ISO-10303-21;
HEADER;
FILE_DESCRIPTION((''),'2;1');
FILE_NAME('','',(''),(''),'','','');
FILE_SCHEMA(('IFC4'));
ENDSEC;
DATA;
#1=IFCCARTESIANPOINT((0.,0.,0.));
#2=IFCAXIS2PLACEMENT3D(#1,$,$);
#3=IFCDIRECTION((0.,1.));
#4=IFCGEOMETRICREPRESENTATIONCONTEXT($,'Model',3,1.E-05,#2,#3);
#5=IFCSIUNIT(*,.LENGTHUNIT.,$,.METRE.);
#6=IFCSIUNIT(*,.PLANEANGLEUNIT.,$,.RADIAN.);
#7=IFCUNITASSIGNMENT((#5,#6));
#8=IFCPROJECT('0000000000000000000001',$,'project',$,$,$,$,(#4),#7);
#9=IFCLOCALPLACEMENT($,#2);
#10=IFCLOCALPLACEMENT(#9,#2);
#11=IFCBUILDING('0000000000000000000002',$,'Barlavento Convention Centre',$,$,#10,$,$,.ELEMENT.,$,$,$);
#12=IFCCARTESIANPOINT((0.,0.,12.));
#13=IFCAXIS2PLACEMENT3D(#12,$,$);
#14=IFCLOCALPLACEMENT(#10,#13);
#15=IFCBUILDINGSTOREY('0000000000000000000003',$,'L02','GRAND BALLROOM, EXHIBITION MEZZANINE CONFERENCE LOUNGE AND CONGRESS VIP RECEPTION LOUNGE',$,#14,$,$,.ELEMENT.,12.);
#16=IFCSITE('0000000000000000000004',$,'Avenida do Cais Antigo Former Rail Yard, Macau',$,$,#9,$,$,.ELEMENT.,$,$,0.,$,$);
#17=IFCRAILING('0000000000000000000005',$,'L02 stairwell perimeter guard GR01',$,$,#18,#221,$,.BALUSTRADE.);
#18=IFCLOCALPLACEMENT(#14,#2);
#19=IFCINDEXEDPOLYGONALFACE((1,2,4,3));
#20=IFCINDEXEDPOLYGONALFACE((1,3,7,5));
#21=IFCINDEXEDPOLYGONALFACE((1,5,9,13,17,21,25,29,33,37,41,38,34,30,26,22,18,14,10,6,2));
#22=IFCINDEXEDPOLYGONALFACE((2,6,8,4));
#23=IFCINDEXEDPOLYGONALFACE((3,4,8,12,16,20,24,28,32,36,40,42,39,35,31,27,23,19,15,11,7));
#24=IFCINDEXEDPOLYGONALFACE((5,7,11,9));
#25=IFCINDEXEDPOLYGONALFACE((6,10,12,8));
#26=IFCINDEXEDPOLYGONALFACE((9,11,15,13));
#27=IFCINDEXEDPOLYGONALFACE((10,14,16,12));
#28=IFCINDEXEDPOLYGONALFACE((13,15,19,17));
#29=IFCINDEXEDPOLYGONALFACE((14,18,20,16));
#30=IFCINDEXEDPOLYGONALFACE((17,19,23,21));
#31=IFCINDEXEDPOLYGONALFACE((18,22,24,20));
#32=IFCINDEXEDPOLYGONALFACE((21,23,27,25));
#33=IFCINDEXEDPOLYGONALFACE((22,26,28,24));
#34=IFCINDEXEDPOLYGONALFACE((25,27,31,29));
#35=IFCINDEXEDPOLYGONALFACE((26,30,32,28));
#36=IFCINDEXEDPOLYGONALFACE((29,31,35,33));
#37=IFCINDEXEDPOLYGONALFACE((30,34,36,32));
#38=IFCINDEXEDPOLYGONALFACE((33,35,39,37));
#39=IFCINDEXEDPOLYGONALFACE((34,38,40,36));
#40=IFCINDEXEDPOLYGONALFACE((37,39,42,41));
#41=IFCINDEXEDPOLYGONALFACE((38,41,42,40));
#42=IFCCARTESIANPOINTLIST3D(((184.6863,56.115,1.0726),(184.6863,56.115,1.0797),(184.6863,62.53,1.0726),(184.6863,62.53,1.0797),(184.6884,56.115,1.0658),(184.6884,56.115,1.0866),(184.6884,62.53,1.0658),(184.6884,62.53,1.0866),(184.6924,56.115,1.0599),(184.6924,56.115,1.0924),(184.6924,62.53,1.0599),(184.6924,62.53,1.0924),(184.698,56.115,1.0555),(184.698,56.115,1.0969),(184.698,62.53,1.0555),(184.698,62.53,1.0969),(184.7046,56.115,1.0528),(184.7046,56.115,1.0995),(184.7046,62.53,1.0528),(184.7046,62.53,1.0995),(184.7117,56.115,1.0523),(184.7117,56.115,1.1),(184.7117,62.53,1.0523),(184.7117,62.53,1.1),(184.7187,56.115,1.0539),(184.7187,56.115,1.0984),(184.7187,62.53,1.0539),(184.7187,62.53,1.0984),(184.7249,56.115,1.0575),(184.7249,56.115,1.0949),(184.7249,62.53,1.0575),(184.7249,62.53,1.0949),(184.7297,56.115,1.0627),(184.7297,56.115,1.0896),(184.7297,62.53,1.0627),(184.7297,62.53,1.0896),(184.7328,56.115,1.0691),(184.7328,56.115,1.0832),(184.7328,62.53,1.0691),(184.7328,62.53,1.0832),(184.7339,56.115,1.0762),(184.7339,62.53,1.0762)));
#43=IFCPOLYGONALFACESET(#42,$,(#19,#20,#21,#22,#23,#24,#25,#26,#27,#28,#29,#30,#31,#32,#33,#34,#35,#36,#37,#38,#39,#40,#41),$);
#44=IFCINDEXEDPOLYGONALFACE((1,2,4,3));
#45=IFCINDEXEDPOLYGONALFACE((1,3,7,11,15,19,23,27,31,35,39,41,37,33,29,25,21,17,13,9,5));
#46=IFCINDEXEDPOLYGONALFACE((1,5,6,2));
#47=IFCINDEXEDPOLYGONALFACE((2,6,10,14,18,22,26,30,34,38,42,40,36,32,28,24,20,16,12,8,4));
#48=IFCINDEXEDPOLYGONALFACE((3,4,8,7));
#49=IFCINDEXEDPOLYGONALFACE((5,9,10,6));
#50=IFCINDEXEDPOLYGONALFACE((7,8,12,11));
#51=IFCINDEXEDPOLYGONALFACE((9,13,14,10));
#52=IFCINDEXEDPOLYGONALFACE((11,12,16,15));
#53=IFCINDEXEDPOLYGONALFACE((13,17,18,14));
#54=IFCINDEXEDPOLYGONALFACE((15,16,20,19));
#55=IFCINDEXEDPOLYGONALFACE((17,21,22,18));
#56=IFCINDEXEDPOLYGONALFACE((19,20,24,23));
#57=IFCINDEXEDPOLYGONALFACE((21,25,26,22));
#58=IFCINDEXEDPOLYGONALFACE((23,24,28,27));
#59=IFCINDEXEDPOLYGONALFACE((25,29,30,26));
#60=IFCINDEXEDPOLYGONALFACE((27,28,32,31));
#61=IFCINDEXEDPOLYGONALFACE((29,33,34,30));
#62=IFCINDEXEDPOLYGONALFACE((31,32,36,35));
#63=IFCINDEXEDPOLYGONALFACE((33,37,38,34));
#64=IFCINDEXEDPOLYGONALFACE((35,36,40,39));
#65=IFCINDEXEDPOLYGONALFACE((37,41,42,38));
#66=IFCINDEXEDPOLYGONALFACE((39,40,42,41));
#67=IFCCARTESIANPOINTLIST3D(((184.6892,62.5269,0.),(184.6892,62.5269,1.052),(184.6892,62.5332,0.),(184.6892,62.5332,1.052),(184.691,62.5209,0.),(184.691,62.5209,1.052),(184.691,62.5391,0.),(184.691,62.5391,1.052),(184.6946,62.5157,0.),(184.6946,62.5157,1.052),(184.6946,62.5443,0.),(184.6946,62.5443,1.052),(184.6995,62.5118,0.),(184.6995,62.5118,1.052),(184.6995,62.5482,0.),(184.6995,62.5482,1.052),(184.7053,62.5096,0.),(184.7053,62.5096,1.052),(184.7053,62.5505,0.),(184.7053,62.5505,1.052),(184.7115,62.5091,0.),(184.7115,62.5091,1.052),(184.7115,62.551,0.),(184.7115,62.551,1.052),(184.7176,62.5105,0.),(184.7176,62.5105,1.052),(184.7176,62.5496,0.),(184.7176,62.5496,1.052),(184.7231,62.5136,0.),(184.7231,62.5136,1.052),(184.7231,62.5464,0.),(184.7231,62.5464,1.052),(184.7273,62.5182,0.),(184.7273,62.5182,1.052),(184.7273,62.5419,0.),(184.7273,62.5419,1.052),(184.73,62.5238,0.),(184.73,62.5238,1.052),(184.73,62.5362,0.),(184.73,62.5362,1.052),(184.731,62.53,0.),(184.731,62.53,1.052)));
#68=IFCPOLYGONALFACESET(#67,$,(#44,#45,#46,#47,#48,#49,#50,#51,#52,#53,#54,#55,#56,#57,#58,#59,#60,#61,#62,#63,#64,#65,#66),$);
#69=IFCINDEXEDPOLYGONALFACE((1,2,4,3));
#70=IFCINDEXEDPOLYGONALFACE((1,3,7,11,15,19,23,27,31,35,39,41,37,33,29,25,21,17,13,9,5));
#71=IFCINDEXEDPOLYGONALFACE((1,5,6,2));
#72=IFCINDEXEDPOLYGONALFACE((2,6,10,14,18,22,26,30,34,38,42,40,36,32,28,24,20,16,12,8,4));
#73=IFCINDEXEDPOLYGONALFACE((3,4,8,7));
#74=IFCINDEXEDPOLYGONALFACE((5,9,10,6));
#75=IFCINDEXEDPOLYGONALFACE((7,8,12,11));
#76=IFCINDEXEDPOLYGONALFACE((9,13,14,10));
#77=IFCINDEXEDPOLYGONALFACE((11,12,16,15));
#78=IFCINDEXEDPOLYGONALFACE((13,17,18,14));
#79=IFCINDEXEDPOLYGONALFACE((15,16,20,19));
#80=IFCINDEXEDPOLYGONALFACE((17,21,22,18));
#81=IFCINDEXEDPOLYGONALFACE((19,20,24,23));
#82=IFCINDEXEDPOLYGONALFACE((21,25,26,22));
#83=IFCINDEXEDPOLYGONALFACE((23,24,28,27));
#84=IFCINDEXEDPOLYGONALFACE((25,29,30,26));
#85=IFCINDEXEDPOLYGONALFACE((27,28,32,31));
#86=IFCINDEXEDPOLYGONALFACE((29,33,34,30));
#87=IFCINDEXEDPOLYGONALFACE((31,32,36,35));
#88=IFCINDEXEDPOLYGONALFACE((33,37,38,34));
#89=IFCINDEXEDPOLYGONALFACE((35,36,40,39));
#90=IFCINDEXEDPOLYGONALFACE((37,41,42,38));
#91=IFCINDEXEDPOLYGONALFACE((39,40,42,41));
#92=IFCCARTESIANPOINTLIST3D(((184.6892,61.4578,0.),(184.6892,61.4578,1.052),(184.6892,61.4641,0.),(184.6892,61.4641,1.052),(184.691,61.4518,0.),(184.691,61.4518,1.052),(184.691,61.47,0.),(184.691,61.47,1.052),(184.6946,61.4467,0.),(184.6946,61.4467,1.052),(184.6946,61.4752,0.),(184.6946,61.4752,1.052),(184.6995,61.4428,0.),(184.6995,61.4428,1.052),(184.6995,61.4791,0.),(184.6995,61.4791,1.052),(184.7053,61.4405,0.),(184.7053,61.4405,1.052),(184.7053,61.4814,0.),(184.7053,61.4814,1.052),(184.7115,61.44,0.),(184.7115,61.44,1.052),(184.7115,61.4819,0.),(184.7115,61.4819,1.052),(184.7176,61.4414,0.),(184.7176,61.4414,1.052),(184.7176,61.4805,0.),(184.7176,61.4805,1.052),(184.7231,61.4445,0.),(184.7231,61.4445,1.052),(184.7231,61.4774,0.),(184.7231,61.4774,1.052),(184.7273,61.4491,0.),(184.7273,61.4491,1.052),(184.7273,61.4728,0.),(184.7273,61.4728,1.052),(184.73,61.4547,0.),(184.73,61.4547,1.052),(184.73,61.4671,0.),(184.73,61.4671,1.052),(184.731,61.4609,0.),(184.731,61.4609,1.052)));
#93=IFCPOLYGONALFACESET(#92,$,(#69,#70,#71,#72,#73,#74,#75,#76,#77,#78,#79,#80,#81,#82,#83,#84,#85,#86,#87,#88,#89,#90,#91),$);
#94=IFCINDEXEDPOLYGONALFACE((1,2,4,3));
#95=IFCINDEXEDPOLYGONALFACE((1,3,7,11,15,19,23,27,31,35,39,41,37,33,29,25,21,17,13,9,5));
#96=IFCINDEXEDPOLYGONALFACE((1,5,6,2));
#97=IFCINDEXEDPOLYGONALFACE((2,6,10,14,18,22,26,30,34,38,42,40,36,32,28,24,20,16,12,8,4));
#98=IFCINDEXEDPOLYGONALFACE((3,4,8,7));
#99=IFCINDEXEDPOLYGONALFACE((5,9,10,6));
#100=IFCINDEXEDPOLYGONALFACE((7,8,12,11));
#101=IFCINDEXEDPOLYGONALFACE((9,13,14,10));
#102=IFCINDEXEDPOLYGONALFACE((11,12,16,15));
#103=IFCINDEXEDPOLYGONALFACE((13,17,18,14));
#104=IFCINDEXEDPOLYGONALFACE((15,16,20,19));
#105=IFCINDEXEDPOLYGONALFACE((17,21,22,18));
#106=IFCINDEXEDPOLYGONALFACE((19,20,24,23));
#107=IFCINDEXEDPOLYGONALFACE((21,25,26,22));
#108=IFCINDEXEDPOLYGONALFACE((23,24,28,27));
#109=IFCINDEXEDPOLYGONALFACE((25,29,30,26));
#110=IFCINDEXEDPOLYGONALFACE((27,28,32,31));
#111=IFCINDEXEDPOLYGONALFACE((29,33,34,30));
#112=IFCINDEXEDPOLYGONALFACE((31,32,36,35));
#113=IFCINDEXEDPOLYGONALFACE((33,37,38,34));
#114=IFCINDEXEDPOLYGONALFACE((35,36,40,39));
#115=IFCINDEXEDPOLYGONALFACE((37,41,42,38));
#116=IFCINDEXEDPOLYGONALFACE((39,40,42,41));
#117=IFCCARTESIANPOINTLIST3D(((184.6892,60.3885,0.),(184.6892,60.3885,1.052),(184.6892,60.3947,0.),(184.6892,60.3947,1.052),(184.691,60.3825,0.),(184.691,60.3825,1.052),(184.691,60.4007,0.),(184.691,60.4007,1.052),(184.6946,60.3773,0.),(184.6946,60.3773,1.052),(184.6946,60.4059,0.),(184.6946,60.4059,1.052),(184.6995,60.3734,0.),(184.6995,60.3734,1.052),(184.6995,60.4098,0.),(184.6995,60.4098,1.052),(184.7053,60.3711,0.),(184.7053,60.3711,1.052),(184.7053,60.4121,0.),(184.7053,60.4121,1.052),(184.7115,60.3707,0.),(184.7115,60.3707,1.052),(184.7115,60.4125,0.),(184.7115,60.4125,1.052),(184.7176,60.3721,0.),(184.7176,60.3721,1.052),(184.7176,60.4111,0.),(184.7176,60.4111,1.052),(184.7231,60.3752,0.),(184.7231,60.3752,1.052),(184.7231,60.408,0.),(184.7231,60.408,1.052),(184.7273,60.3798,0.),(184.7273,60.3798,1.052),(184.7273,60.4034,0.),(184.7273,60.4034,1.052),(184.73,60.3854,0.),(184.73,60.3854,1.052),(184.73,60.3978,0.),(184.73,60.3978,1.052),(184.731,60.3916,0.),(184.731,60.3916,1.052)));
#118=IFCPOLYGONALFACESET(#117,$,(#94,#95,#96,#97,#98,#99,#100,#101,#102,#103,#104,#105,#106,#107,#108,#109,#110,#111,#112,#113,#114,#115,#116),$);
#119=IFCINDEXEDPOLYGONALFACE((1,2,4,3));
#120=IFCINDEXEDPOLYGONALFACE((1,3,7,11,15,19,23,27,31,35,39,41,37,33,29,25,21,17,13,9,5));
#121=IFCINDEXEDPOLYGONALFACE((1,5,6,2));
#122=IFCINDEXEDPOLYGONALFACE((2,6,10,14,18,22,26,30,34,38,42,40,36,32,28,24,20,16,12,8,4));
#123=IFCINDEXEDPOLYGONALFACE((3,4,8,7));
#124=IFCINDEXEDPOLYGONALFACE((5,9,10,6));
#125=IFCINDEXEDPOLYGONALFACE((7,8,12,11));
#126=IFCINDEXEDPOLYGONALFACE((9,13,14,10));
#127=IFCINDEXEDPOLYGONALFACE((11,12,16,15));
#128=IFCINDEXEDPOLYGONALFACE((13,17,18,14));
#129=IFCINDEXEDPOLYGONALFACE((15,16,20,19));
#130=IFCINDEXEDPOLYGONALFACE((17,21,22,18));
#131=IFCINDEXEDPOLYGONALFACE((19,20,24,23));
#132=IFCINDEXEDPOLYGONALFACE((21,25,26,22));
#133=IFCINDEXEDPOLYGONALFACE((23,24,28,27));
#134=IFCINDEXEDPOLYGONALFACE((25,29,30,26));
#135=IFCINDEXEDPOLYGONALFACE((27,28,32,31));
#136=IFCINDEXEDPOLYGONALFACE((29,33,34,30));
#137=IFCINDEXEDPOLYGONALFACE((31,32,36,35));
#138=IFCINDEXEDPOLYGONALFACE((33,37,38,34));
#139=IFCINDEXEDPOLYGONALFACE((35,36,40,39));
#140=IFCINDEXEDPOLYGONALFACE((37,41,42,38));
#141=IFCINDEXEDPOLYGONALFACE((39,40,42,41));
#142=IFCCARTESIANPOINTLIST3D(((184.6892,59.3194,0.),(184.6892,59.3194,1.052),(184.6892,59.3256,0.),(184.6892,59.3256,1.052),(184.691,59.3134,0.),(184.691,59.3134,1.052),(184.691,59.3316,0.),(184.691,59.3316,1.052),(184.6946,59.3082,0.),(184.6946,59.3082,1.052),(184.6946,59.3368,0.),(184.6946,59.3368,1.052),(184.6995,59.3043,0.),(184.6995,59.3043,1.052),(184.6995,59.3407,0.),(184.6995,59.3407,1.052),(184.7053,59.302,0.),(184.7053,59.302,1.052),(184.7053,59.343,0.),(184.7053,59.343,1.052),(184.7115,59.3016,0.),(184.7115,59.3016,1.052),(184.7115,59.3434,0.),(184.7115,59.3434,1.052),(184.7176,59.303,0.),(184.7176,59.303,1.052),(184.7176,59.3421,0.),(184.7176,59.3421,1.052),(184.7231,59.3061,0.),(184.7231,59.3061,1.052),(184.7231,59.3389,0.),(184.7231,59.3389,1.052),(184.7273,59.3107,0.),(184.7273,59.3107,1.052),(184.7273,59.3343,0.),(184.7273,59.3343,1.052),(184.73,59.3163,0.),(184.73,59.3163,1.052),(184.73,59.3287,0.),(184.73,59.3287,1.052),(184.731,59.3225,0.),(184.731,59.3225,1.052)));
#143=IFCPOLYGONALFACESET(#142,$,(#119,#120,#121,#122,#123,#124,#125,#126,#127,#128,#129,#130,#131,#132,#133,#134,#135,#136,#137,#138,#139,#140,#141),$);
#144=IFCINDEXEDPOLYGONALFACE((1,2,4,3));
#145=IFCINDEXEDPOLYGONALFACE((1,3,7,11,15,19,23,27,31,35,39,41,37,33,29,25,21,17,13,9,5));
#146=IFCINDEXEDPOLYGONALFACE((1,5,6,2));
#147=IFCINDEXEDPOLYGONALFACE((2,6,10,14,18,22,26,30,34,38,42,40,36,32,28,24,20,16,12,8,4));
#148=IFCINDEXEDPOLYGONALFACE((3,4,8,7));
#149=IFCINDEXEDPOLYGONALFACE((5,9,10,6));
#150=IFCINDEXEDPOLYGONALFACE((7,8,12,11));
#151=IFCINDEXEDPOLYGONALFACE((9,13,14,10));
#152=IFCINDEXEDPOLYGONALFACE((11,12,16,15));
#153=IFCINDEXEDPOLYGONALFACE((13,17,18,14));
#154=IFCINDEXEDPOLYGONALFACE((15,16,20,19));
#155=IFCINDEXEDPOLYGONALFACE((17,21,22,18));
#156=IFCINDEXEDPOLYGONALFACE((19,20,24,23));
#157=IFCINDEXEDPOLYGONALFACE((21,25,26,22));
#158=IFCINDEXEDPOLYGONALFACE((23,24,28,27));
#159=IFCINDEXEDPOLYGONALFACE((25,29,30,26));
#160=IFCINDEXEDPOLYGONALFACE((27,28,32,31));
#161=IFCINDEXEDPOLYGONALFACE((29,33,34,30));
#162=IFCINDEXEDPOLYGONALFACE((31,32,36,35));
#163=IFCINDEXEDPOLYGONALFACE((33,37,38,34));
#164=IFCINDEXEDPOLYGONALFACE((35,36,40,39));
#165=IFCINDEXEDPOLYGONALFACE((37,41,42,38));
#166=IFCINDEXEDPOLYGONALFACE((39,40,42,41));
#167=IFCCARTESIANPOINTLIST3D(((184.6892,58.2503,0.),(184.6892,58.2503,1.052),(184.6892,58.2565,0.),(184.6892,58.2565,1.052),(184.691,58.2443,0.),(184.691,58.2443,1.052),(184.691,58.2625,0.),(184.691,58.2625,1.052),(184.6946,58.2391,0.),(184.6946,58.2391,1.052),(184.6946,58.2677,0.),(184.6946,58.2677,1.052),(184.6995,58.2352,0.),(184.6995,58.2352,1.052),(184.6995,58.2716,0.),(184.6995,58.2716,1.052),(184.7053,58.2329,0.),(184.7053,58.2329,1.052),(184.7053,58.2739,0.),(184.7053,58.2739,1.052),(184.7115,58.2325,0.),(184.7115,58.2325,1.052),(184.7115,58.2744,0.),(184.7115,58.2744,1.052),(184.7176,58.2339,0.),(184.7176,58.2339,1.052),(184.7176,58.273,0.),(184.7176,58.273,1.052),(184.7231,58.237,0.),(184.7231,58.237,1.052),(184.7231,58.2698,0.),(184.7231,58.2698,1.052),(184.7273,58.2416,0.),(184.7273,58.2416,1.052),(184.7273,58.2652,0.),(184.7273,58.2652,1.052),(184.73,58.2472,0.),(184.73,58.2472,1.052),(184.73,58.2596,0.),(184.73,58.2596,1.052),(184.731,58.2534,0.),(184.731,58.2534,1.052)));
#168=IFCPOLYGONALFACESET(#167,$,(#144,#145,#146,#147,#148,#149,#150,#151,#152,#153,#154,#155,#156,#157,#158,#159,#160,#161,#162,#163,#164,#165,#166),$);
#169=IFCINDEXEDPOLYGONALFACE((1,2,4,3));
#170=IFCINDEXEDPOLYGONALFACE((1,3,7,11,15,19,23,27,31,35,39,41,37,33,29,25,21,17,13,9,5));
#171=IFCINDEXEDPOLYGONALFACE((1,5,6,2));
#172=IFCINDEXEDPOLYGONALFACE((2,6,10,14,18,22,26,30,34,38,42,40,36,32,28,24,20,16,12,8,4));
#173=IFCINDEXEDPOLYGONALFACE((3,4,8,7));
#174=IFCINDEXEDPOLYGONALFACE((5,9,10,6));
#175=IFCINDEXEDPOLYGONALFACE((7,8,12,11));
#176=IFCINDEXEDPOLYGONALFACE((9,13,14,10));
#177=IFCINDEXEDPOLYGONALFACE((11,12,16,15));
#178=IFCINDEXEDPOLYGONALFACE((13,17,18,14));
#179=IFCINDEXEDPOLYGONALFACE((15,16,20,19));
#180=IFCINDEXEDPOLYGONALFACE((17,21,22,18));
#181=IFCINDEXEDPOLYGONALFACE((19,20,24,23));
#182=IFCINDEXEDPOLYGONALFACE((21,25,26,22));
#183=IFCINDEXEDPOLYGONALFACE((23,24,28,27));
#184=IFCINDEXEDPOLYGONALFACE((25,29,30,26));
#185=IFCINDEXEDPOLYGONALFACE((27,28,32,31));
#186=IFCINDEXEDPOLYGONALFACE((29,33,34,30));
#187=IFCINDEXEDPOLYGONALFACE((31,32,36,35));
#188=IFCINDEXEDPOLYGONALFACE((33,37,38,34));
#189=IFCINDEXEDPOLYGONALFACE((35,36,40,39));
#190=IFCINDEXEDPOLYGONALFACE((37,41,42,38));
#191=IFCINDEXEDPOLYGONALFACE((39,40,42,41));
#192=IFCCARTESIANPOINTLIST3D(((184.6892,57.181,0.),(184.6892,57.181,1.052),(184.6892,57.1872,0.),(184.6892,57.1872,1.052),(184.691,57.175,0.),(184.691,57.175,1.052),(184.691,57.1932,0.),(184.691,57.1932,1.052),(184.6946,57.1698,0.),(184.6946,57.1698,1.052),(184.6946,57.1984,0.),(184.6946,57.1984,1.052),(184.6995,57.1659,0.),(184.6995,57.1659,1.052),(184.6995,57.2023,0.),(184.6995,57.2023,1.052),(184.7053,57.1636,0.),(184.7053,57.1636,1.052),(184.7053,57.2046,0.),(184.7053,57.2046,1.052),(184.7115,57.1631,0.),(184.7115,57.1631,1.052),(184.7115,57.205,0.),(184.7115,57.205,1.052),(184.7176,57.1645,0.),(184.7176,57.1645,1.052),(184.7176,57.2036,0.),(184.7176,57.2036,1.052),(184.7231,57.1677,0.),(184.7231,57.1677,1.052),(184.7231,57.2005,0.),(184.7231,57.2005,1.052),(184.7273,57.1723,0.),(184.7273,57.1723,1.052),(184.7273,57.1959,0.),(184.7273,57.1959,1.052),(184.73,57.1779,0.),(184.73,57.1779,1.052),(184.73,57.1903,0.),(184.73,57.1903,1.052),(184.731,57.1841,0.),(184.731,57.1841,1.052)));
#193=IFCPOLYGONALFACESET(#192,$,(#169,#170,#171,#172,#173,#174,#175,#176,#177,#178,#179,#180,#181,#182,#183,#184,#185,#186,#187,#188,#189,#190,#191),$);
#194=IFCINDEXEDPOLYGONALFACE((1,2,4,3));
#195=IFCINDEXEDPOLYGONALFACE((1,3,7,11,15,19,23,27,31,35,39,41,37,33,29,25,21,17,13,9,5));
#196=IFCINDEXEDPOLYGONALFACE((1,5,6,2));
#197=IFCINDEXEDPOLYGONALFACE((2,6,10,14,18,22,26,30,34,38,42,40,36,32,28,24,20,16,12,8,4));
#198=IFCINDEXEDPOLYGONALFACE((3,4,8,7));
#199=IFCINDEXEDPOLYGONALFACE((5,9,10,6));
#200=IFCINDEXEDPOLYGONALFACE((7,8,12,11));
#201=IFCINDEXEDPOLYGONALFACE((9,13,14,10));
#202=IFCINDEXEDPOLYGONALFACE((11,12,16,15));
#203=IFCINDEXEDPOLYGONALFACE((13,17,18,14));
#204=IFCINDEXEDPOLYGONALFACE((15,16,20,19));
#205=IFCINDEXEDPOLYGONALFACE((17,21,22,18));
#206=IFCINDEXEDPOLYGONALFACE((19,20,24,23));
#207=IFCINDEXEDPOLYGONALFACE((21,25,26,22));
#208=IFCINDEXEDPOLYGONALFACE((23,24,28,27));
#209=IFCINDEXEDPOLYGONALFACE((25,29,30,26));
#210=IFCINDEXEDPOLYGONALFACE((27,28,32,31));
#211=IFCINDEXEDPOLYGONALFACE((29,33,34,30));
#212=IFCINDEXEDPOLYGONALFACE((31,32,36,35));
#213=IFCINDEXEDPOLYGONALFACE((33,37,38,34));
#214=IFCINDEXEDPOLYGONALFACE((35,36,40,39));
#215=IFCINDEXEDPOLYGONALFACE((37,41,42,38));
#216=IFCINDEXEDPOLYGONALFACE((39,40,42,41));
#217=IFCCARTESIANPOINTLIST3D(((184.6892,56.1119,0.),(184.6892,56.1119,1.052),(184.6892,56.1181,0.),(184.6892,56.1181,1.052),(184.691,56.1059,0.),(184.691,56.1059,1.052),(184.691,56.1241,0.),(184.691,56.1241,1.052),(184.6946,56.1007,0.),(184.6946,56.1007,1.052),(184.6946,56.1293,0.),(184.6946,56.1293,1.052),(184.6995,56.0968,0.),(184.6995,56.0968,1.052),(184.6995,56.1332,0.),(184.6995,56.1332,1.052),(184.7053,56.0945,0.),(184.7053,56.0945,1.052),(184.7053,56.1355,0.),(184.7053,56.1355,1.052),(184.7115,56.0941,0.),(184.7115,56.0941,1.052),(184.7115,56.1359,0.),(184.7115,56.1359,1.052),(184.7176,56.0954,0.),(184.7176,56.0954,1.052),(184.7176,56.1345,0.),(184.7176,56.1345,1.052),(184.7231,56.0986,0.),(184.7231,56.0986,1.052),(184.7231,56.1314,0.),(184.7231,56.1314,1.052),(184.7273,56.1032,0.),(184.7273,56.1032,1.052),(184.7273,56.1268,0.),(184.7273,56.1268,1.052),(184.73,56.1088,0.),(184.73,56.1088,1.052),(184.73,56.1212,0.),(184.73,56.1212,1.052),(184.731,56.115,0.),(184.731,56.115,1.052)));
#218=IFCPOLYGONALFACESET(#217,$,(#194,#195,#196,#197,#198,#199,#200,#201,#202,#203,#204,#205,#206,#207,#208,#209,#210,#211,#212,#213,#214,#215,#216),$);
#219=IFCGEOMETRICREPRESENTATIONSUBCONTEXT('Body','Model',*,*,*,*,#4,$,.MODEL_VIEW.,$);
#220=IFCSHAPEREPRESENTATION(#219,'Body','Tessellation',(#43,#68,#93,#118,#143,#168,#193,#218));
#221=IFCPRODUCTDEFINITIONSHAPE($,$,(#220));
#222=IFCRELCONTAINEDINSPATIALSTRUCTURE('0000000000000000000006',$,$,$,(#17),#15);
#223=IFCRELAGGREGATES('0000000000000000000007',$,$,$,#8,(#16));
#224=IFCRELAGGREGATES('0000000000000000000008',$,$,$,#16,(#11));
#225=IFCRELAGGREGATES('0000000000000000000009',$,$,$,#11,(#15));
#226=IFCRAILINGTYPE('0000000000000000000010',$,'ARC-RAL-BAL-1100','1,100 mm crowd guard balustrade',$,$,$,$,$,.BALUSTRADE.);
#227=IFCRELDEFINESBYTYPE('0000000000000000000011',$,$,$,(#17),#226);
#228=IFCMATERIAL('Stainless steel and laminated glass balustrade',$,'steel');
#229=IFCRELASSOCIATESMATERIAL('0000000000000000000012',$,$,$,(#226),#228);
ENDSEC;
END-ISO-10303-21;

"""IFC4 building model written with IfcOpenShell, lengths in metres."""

from ifc_helpers import new_model, si_unit, direction, frame, origin, origin_2d, place, context, subcontext, project, spatial, circle, extrude, material, type_object, element, save


model = new_model("IFC4")

# Units and contexts
model_context = context("Model", 3, precision=1e-05, world=origin(), true_north=direction((0.0, 1.0)))
body_context = subcontext(model_context, "Body", "Model", "MODEL_VIEW")
ifc_project = project(units=[si_unit("LENGTHUNIT", "METRE"), si_unit("PLANEANGLEUNIT", "RADIAN")], contexts=[model_context])

# Site, building, storey
site_placement = place(None, origin())
site = spatial("IfcSite", under=ifc_project, at=site_placement, Name="Avenida do Cais Antigo Former Rail Yard, Macau", CompositionType="ELEMENT", RefElevation=0.0)
building_placement = place(site_placement, origin())
building = spatial("IfcBuilding", under=site, at=building_placement, Name="Barlavento Convention Centre", CompositionType="ELEMENT")
storey_placement = place(building_placement, frame((0.0, 0.0, 12.0)))
storey = spatial("IfcBuildingStorey", under=building, at=storey_placement, Name="L02", Description="GRAND BALLROOM, EXHIBITION MEZZANINE CONFERENCE LOUNGE AND CONGRESS VIP RECEPTION LOUNGE", CompositionType="ELEMENT", Elevation=12.0)

# Railing
ifc_material_1 = material(Name="Stainless steel and laminated glass balustrade", Category="steel")
railing_type_1 = type_object("IfcRailingType", Name="ARC-RAL-BAL-1100", Description="1,100 mm crowd guard balustrade", PredefinedType="BALUSTRADE", material=ifc_material_1)
railing_1_placement = place(storey_placement, frame((184.71, 62.53, 0.0)))
element("IfcRailing", 1, at=railing_1_placement, inside=storey, type_object=railing_type_1, Name="L02 stairwell perimeter guard GR01", PredefinedType="BALUSTRADE", context=body_context, shape_type="SweptSolid", body=[
    extrude(circle(Radius=0.0239, at=origin_2d()), frame((0.0, 0.0, 1.0762), z_axis=(0.0, -1.0, 0.0), x_axis=(1.0, 0.0, 0.0)), (0.0, 0.0, 1.0), 6.415),
    extrude(circle(Radius=0.021, at=origin_2d()), origin(), (0.0, 0.0, 1.0), 1.052),
    extrude(circle(Radius=0.021, at=origin_2d()), frame((0.0, -1.0691, 0.0)), (0.0, 0.0, 1.0), 1.052),
    extrude(circle(Radius=0.021, at=origin_2d()), frame((0.0, -2.1384, 0.0)), (0.0, 0.0, 1.0), 1.052),
    extrude(circle(Radius=0.021, at=origin_2d()), frame((0.0, -3.2075, 0.0)), (0.0, 0.0, 1.0), 1.052),
    extrude(circle(Radius=0.021, at=origin_2d()), frame((0.0, -4.2766, 0.0)), (0.0, 0.0, 1.0), 1.052),
    extrude(circle(Radius=0.021, at=origin_2d()), frame((0.0, -5.3459, 0.0)), (0.0, 0.0, 1.0), 1.052),
    extrude(circle(Radius=0.021, at=origin_2d()), frame((0.0, -6.415, 0.0)), (0.0, 0.0, 1.0), 1.052),
])

save(model, "model.ifc")
